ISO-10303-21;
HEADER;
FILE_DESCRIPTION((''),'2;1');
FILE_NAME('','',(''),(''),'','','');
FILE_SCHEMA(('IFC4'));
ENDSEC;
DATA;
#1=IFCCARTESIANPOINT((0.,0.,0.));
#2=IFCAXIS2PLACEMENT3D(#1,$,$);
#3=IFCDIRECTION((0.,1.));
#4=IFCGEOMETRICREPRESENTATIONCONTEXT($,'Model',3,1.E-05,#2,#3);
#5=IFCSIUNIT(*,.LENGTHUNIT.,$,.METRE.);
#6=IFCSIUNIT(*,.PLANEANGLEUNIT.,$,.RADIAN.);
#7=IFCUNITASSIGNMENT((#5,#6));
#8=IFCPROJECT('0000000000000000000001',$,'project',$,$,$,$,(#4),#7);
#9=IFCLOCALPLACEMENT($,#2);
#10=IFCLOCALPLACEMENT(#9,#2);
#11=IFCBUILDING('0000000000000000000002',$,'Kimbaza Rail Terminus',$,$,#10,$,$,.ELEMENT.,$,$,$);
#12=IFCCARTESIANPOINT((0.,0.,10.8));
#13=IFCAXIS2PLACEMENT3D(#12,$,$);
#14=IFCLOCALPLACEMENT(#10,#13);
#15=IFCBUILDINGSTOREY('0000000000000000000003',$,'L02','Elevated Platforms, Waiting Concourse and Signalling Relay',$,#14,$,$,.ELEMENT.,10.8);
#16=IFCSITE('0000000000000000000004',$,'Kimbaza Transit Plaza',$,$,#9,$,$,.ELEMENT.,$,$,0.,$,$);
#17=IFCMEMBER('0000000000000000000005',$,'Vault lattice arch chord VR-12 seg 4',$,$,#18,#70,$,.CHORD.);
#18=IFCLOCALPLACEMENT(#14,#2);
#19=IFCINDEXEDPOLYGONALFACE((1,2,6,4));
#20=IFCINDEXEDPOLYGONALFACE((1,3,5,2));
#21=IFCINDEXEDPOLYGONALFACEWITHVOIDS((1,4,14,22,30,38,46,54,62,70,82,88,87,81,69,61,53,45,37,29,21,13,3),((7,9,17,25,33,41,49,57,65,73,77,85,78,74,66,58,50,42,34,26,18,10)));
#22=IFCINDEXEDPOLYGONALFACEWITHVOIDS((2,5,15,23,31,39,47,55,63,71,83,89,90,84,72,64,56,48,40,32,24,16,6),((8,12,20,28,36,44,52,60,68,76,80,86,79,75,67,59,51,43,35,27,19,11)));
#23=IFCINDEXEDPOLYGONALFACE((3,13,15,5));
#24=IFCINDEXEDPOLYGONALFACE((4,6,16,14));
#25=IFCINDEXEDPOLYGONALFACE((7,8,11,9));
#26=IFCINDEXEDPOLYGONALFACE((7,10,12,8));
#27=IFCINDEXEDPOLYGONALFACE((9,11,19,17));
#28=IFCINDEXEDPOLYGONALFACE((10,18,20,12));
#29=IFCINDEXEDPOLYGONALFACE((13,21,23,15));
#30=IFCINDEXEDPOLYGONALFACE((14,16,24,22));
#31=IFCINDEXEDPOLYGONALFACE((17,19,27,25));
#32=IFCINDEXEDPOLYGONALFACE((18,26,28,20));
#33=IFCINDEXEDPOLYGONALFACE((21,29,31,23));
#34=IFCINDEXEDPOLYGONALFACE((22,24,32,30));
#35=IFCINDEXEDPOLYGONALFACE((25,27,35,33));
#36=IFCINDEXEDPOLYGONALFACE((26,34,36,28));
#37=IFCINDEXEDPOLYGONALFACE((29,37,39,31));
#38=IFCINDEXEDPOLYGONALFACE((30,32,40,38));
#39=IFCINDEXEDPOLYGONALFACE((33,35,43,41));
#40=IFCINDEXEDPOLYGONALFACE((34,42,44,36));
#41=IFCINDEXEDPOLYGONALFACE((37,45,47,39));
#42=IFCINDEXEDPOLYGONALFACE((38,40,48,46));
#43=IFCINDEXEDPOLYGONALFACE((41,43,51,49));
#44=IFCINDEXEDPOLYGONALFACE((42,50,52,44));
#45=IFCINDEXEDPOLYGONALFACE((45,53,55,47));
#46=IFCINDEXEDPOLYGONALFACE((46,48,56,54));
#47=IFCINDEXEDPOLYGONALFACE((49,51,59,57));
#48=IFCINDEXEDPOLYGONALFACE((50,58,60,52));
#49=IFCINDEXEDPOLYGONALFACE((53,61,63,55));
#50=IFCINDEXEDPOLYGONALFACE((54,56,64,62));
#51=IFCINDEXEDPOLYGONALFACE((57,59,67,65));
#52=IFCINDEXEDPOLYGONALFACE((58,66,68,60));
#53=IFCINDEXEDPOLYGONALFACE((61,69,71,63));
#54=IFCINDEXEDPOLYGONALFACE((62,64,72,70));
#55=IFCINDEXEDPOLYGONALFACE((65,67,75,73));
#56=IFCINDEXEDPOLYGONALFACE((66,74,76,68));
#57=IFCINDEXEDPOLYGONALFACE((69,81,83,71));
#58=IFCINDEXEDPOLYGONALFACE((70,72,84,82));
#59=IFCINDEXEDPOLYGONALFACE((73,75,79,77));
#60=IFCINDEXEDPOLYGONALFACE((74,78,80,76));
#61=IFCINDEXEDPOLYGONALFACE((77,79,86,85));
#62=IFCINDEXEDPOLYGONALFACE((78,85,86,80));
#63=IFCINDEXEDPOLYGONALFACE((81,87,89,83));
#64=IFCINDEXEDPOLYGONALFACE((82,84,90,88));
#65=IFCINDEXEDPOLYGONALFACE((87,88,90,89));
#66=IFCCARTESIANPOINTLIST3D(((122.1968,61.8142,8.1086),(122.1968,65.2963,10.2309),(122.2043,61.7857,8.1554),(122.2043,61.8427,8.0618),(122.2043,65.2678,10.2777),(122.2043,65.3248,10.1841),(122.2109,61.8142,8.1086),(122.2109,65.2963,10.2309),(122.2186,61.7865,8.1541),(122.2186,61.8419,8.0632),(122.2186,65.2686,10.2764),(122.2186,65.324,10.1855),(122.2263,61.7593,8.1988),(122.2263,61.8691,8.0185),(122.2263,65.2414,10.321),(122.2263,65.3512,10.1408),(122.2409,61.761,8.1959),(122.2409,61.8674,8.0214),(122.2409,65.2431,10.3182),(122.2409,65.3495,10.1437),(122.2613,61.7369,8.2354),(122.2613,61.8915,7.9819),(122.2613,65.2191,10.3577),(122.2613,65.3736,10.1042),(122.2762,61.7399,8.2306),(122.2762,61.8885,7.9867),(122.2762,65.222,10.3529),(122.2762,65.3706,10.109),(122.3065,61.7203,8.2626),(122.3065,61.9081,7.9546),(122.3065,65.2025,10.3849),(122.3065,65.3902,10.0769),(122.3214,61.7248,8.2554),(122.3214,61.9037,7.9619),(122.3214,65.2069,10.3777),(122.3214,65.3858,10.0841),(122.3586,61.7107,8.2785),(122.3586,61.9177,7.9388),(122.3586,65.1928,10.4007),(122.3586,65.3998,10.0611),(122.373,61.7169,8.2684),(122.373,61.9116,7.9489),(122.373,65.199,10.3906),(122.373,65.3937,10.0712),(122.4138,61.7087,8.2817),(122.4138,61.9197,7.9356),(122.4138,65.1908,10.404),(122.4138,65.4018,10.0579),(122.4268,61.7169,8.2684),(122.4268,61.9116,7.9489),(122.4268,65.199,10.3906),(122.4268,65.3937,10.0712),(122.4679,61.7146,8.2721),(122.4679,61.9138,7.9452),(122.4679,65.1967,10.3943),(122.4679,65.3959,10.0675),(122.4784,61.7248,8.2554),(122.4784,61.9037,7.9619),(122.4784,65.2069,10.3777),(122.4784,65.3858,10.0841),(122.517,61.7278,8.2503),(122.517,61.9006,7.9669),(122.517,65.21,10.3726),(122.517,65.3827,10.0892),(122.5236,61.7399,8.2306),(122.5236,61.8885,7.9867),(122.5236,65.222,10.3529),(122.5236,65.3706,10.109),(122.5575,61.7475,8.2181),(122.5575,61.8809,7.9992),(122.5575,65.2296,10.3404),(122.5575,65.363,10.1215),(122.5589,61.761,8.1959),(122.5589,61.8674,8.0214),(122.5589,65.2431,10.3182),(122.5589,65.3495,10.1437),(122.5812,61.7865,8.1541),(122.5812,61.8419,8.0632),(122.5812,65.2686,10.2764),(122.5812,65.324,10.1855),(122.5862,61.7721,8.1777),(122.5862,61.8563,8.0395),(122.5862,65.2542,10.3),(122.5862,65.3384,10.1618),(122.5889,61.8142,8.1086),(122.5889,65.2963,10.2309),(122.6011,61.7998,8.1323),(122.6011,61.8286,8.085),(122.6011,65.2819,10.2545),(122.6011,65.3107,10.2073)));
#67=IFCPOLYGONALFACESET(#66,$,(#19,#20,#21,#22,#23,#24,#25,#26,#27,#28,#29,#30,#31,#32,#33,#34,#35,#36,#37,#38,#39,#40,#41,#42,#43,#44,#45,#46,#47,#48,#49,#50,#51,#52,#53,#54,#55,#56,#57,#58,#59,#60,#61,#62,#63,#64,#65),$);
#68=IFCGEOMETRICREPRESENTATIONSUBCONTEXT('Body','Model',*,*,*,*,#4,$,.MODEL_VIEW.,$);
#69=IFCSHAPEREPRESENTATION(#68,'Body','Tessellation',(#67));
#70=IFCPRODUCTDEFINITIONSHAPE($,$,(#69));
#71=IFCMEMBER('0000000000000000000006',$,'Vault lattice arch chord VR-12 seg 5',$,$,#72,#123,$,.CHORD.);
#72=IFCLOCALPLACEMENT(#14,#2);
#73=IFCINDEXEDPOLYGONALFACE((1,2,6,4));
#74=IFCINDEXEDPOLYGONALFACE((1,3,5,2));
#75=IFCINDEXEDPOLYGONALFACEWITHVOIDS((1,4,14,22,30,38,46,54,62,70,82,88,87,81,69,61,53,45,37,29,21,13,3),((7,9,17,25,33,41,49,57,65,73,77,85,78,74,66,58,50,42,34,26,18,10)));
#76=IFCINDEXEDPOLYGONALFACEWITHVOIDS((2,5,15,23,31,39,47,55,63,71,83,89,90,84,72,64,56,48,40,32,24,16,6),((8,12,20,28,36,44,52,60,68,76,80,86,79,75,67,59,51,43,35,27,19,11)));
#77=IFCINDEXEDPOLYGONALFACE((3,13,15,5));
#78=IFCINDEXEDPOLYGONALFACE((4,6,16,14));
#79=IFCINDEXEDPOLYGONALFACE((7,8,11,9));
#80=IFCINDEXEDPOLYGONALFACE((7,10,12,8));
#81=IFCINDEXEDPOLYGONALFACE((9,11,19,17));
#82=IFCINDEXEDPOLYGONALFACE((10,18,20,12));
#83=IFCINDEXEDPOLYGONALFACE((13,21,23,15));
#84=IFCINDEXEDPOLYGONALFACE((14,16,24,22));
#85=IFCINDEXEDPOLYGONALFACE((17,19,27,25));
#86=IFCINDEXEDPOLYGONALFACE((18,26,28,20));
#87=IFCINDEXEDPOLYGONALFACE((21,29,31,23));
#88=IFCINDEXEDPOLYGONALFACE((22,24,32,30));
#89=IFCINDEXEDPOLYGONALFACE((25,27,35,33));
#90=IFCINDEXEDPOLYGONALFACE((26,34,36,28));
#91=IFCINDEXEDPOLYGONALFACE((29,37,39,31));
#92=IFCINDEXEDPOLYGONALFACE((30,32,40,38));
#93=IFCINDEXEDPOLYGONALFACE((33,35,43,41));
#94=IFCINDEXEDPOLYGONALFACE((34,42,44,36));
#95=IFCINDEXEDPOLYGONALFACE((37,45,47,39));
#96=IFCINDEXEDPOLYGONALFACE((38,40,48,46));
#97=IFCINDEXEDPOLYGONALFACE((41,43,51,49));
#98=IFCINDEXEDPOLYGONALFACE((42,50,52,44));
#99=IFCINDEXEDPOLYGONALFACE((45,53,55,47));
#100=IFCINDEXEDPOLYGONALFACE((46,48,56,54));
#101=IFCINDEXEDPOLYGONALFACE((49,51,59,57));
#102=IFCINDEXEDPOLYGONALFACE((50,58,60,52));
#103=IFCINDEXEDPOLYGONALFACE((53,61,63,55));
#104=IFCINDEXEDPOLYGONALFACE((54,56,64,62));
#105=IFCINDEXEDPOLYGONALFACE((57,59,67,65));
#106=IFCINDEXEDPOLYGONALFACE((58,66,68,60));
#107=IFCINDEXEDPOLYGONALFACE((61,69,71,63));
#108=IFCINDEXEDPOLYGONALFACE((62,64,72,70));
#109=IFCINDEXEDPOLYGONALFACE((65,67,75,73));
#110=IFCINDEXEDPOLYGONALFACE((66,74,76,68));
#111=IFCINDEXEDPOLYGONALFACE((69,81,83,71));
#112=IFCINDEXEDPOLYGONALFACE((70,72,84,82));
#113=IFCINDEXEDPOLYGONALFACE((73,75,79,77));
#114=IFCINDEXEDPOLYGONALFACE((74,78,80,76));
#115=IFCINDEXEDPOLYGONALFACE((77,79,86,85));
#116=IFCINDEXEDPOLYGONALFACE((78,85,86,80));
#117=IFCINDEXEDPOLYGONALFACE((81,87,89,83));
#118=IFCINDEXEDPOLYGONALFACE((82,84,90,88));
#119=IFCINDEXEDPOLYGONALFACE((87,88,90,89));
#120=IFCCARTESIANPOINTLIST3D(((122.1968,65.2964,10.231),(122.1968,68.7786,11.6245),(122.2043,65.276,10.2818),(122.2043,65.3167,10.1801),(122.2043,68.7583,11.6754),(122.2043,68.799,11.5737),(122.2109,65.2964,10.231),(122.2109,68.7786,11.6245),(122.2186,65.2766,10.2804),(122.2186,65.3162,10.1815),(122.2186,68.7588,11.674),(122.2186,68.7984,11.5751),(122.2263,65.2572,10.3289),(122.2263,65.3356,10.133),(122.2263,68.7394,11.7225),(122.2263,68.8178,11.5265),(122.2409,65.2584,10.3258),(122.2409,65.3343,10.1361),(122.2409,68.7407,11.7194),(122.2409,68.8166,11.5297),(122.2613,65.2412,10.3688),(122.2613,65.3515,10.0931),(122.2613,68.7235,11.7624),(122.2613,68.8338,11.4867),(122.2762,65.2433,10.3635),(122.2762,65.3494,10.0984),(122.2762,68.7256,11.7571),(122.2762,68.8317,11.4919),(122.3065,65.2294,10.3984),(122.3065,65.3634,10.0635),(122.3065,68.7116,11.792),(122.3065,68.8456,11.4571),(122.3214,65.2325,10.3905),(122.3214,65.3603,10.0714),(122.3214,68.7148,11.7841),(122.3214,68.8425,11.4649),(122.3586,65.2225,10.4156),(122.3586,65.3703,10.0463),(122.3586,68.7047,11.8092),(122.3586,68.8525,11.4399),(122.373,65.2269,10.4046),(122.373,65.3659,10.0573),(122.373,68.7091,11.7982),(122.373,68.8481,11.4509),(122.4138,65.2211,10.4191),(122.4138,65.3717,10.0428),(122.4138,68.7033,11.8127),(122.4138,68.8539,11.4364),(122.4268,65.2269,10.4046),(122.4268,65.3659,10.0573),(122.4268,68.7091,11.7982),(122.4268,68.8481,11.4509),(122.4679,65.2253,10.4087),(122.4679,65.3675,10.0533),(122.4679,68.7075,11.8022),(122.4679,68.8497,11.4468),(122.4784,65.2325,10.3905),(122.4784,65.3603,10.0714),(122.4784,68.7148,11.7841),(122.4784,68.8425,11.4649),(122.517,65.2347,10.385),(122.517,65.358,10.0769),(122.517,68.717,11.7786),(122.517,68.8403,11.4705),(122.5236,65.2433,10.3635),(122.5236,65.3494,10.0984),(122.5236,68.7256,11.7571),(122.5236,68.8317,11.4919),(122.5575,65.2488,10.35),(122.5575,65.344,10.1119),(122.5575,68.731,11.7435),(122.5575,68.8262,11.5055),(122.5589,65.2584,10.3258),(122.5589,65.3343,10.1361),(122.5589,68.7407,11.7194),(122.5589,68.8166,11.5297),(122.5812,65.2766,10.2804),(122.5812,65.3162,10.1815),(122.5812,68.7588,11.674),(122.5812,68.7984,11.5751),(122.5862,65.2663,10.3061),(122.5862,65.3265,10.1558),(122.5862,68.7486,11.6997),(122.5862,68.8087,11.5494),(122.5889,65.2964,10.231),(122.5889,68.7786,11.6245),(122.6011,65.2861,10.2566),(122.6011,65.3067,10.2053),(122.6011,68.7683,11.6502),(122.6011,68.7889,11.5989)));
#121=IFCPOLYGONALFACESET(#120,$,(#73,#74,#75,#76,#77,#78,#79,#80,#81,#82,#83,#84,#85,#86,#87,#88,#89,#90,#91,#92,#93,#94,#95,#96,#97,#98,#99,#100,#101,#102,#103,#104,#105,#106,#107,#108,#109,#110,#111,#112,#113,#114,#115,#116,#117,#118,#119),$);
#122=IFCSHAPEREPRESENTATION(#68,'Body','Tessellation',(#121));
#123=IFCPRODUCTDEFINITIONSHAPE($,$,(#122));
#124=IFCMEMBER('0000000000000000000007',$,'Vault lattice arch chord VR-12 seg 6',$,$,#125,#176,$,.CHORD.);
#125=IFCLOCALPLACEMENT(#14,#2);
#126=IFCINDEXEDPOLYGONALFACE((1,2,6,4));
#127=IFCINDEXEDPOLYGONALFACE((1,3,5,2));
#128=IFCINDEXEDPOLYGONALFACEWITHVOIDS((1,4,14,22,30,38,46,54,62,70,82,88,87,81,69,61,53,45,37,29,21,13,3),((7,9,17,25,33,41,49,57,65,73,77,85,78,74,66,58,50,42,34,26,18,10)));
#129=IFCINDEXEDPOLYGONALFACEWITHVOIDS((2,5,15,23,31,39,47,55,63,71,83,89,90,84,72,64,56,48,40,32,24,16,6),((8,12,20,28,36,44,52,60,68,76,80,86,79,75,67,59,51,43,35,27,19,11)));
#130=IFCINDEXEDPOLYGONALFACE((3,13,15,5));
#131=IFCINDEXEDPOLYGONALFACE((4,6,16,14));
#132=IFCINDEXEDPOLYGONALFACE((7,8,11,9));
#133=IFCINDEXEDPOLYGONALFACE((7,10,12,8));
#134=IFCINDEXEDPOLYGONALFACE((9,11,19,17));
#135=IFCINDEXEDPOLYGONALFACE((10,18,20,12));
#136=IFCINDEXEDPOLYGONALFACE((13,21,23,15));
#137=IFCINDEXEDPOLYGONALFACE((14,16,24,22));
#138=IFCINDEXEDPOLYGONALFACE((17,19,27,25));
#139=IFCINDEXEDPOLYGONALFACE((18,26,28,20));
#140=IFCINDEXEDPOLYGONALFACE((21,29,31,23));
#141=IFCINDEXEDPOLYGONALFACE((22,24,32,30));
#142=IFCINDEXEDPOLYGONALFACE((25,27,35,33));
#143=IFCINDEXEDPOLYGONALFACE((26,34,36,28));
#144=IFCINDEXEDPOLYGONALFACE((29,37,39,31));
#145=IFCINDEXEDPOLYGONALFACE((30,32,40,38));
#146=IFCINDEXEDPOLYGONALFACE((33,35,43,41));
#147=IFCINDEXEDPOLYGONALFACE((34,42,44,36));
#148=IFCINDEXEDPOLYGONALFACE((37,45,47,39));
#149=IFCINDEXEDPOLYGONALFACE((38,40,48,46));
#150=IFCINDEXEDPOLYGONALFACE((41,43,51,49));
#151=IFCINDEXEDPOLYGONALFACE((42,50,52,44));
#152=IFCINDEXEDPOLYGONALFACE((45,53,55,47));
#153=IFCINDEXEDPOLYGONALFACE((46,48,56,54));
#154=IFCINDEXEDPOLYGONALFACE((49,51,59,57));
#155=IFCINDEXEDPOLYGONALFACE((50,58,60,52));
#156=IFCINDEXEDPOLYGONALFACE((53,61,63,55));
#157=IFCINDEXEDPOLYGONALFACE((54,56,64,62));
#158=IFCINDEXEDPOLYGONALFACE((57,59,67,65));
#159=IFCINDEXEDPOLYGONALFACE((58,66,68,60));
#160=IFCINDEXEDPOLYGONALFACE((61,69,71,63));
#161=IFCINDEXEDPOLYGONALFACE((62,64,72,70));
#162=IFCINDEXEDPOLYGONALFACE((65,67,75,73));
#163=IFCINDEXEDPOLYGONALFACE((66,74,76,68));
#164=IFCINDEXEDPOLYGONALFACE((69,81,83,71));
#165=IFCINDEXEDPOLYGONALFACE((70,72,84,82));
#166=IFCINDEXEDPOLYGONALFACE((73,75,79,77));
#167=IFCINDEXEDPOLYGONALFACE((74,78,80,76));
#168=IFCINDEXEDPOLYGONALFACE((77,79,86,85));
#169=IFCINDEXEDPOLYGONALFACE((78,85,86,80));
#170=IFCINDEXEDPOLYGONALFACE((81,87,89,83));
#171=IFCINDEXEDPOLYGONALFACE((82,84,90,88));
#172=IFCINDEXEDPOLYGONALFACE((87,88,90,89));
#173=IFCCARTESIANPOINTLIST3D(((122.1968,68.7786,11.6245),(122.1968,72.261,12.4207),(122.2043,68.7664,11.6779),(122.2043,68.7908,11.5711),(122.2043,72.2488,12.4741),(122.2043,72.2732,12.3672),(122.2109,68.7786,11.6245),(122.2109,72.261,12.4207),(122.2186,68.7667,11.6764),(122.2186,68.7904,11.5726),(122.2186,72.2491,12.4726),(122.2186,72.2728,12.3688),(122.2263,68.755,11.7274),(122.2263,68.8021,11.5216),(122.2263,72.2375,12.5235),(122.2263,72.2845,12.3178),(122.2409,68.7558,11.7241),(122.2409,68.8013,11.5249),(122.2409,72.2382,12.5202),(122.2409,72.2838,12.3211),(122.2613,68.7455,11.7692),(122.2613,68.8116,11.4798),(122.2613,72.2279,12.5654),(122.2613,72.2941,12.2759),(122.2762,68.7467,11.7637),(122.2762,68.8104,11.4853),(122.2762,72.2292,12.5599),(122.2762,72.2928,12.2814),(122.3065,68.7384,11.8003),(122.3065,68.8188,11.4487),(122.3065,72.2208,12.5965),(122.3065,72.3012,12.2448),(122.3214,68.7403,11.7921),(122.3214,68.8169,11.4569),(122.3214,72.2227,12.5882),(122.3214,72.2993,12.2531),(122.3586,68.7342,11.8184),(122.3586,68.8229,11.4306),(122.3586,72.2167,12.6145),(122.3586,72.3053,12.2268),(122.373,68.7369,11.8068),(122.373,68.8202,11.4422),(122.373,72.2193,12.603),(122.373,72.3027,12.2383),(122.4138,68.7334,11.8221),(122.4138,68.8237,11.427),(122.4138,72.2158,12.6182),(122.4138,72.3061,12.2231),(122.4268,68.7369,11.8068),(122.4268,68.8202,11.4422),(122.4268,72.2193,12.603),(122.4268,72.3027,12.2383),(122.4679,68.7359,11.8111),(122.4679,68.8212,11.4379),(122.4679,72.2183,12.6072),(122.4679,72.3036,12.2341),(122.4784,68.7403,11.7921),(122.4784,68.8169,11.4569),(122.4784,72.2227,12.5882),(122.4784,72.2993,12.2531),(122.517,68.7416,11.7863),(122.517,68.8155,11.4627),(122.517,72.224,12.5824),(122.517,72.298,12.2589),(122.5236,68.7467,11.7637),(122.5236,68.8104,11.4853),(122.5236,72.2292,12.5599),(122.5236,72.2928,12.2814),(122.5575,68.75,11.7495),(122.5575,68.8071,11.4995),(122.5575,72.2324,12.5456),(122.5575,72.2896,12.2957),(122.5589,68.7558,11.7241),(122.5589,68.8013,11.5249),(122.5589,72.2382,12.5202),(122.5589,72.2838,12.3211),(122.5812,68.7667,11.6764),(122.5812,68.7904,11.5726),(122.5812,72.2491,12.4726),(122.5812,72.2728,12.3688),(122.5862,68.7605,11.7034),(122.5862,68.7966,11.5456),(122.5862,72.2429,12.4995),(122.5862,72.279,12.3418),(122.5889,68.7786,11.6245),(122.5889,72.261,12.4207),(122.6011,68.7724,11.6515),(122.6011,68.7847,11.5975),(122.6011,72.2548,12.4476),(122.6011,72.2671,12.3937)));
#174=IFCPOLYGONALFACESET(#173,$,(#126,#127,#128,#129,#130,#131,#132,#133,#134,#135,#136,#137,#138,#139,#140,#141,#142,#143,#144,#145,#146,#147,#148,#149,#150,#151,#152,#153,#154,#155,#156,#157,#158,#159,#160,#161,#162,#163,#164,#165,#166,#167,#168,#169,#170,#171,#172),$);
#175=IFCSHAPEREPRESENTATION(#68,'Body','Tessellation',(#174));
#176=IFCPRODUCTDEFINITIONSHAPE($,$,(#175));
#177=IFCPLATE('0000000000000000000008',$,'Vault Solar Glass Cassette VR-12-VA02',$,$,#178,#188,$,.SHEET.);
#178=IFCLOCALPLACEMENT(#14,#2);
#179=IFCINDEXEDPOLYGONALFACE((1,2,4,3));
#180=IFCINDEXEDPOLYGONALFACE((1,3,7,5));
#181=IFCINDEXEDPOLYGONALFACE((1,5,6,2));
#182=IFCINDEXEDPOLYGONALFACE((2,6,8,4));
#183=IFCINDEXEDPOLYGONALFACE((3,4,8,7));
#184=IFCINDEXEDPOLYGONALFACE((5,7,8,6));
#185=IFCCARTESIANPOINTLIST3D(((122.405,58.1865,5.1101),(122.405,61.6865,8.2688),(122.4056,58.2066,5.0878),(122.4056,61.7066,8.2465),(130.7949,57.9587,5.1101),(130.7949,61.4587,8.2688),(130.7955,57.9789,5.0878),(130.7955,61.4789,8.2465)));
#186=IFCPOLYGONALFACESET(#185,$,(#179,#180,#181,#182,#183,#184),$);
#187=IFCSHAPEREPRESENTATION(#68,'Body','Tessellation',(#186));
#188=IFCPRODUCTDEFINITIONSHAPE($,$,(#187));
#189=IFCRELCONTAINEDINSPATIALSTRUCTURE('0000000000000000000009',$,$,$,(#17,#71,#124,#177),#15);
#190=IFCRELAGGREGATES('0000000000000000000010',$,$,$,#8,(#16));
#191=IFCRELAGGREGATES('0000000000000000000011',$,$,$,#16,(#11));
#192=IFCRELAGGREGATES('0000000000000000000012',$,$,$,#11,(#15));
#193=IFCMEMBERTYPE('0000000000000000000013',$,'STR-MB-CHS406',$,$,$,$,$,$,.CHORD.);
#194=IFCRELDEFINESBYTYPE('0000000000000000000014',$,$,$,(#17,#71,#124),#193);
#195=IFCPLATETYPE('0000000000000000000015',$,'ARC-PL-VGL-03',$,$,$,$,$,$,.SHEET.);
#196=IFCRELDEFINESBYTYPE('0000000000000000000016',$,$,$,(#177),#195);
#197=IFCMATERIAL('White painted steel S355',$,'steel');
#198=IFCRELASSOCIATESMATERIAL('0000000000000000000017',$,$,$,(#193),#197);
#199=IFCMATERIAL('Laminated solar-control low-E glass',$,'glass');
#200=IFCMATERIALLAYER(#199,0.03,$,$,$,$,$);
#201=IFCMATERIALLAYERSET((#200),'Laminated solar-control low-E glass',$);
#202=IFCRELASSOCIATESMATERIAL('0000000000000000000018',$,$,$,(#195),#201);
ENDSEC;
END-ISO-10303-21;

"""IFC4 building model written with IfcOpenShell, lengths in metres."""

from ifc_helpers import new_model, si_unit, direction, frame, origin, origin_2d, place, context, subcontext, project, spatial, polyline, hollow_circle, outline, extrude, material, layer, layer_set, material_profile, profile_set, type_object, element, save


model = new_model("IFC4")

# Units and contexts
model_context = context("Model", 3, precision=1e-05, world=origin(), true_north=direction((0.0, 1.0)))
body_context = subcontext(model_context, "Body", "Model", "MODEL_VIEW")
ifc_project = project(units=[si_unit("LENGTHUNIT", "METRE"), si_unit("PLANEANGLEUNIT", "RADIAN")], contexts=[model_context])

# Site, building, storey
site_placement = place(None, origin())
site = spatial("IfcSite", under=ifc_project, at=site_placement, Name="Kimbaza Transit Plaza", CompositionType="ELEMENT", RefElevation=0.0)
building_placement = place(site_placement, origin())
building = spatial("IfcBuilding", under=site, at=building_placement, Name="Kimbaza Rail Terminus", CompositionType="ELEMENT")
storey_placement = place(building_placement, frame((0.0, 0.0, 10.8)))
storey = spatial("IfcBuildingStorey", under=building, at=storey_placement, Name="L02", Description="Elevated Platforms, Waiting Concourse and Signalling Relay", CompositionType="ELEMENT", Elevation=10.8)

# Members
ifc_material_1 = material(Name="White painted steel S355", Category="steel")
ifc_material_profile_1 = material_profile(ifc_material_1, hollow_circle(Radius=0.2031, WallThickness=0.0142, at=origin_2d()), Name="CHS 406.4x14.2")
ifc_profile_set_1 = profile_set([ifc_material_profile_1], Name="White painted steel S355")
member_type_1 = type_object("IfcMemberType", Name="STR-MB-CHS406", PredefinedType="CHORD", material=ifc_profile_set_1)
member_1_placement = place(storey_placement, frame((122.3999, 61.8142, 8.1086), z_axis=(0.0, 0.853901, 0.520435), x_axis=(-1.0, 0.0, 0.0)))
element("IfcMember", 1, at=member_1_placement, inside=storey, type_object=member_type_1, Name="Vault lattice arch chord VR-12 seg 4", PredefinedType="CHORD", context=body_context, shape_type="SweptSolid", body=[
    extrude(hollow_circle(Radius=0.2031, WallThickness=0.0142, at=origin_2d()), origin(), (0.0, 0.0, 1.0), 4.0779),
])
member_2_placement = place(storey_placement, frame((122.3999, 65.2964, 10.231), z_axis=(0.0, 0.928414, 0.371548), x_axis=(-1.0, 0.0, 0.0)))
element("IfcMember", 2, at=member_2_placement, inside=storey, type_object=member_type_1, Name="Vault lattice arch chord VR-12 seg 5", PredefinedType="CHORD", context=body_context, shape_type="SweptSolid", body=[
    extrude(hollow_circle(Radius=0.2031, WallThickness=0.0142, at=origin_2d()), origin(), (0.0, 0.0, 1.0), 3.7507),
])
member_3_placement = place(storey_placement, frame((122.3999, 68.7786, 11.6245), z_axis=(0.0, 0.974849, 0.222867), x_axis=(-1.0, 0.0, 0.0)))
element("IfcMember", 3, at=member_3_placement, inside=storey, type_object=member_type_1, Name="Vault lattice arch chord VR-12 seg 6", PredefinedType="CHORD", context=body_context, shape_type="SweptSolid", body=[
    extrude(hollow_circle(Radius=0.2031, WallThickness=0.0142, at=origin_2d()), origin(), (0.0, 0.0, 1.0), 3.5723),
])

# Plate
ifc_material_2 = material(Name="Laminated solar-control low-E glass", Category="glass")
ifc_layer_1 = layer(ifc_material_2, 0.03)
ifc_layer_set_1 = layer_set([ifc_layer_1], Name="Laminated solar-control low-E glass")
plate_type_1 = type_object("IfcPlateType", Name="ARC-PL-VGL-03", PredefinedType="SHEET", material=ifc_layer_set_1)
plate_1_placement = place(storey_placement, frame((122.405, 58.1865, 5.1101), z_axis=(-0.018187, -0.669872, 0.742254), x_axis=(0.999632, -0.02714, 0.0)))
element("IfcPlate", 4, at=plate_1_placement, inside=storey, type_object=plate_type_1, Name="Vault Solar Glass Cassette VR-12-VA02", PredefinedType="SHEET", context=body_context, shape_type="SweptSolid", body=[
    extrude(outline(polyline([(0.0, 0.0), (8.393, 0.0), (8.298, 4.7136), (-0.095, 4.7136), (0.0, 0.0)])), origin(), (0.0, 0.0, -1.0), 0.03),
])

save(model, "model.ifc")
